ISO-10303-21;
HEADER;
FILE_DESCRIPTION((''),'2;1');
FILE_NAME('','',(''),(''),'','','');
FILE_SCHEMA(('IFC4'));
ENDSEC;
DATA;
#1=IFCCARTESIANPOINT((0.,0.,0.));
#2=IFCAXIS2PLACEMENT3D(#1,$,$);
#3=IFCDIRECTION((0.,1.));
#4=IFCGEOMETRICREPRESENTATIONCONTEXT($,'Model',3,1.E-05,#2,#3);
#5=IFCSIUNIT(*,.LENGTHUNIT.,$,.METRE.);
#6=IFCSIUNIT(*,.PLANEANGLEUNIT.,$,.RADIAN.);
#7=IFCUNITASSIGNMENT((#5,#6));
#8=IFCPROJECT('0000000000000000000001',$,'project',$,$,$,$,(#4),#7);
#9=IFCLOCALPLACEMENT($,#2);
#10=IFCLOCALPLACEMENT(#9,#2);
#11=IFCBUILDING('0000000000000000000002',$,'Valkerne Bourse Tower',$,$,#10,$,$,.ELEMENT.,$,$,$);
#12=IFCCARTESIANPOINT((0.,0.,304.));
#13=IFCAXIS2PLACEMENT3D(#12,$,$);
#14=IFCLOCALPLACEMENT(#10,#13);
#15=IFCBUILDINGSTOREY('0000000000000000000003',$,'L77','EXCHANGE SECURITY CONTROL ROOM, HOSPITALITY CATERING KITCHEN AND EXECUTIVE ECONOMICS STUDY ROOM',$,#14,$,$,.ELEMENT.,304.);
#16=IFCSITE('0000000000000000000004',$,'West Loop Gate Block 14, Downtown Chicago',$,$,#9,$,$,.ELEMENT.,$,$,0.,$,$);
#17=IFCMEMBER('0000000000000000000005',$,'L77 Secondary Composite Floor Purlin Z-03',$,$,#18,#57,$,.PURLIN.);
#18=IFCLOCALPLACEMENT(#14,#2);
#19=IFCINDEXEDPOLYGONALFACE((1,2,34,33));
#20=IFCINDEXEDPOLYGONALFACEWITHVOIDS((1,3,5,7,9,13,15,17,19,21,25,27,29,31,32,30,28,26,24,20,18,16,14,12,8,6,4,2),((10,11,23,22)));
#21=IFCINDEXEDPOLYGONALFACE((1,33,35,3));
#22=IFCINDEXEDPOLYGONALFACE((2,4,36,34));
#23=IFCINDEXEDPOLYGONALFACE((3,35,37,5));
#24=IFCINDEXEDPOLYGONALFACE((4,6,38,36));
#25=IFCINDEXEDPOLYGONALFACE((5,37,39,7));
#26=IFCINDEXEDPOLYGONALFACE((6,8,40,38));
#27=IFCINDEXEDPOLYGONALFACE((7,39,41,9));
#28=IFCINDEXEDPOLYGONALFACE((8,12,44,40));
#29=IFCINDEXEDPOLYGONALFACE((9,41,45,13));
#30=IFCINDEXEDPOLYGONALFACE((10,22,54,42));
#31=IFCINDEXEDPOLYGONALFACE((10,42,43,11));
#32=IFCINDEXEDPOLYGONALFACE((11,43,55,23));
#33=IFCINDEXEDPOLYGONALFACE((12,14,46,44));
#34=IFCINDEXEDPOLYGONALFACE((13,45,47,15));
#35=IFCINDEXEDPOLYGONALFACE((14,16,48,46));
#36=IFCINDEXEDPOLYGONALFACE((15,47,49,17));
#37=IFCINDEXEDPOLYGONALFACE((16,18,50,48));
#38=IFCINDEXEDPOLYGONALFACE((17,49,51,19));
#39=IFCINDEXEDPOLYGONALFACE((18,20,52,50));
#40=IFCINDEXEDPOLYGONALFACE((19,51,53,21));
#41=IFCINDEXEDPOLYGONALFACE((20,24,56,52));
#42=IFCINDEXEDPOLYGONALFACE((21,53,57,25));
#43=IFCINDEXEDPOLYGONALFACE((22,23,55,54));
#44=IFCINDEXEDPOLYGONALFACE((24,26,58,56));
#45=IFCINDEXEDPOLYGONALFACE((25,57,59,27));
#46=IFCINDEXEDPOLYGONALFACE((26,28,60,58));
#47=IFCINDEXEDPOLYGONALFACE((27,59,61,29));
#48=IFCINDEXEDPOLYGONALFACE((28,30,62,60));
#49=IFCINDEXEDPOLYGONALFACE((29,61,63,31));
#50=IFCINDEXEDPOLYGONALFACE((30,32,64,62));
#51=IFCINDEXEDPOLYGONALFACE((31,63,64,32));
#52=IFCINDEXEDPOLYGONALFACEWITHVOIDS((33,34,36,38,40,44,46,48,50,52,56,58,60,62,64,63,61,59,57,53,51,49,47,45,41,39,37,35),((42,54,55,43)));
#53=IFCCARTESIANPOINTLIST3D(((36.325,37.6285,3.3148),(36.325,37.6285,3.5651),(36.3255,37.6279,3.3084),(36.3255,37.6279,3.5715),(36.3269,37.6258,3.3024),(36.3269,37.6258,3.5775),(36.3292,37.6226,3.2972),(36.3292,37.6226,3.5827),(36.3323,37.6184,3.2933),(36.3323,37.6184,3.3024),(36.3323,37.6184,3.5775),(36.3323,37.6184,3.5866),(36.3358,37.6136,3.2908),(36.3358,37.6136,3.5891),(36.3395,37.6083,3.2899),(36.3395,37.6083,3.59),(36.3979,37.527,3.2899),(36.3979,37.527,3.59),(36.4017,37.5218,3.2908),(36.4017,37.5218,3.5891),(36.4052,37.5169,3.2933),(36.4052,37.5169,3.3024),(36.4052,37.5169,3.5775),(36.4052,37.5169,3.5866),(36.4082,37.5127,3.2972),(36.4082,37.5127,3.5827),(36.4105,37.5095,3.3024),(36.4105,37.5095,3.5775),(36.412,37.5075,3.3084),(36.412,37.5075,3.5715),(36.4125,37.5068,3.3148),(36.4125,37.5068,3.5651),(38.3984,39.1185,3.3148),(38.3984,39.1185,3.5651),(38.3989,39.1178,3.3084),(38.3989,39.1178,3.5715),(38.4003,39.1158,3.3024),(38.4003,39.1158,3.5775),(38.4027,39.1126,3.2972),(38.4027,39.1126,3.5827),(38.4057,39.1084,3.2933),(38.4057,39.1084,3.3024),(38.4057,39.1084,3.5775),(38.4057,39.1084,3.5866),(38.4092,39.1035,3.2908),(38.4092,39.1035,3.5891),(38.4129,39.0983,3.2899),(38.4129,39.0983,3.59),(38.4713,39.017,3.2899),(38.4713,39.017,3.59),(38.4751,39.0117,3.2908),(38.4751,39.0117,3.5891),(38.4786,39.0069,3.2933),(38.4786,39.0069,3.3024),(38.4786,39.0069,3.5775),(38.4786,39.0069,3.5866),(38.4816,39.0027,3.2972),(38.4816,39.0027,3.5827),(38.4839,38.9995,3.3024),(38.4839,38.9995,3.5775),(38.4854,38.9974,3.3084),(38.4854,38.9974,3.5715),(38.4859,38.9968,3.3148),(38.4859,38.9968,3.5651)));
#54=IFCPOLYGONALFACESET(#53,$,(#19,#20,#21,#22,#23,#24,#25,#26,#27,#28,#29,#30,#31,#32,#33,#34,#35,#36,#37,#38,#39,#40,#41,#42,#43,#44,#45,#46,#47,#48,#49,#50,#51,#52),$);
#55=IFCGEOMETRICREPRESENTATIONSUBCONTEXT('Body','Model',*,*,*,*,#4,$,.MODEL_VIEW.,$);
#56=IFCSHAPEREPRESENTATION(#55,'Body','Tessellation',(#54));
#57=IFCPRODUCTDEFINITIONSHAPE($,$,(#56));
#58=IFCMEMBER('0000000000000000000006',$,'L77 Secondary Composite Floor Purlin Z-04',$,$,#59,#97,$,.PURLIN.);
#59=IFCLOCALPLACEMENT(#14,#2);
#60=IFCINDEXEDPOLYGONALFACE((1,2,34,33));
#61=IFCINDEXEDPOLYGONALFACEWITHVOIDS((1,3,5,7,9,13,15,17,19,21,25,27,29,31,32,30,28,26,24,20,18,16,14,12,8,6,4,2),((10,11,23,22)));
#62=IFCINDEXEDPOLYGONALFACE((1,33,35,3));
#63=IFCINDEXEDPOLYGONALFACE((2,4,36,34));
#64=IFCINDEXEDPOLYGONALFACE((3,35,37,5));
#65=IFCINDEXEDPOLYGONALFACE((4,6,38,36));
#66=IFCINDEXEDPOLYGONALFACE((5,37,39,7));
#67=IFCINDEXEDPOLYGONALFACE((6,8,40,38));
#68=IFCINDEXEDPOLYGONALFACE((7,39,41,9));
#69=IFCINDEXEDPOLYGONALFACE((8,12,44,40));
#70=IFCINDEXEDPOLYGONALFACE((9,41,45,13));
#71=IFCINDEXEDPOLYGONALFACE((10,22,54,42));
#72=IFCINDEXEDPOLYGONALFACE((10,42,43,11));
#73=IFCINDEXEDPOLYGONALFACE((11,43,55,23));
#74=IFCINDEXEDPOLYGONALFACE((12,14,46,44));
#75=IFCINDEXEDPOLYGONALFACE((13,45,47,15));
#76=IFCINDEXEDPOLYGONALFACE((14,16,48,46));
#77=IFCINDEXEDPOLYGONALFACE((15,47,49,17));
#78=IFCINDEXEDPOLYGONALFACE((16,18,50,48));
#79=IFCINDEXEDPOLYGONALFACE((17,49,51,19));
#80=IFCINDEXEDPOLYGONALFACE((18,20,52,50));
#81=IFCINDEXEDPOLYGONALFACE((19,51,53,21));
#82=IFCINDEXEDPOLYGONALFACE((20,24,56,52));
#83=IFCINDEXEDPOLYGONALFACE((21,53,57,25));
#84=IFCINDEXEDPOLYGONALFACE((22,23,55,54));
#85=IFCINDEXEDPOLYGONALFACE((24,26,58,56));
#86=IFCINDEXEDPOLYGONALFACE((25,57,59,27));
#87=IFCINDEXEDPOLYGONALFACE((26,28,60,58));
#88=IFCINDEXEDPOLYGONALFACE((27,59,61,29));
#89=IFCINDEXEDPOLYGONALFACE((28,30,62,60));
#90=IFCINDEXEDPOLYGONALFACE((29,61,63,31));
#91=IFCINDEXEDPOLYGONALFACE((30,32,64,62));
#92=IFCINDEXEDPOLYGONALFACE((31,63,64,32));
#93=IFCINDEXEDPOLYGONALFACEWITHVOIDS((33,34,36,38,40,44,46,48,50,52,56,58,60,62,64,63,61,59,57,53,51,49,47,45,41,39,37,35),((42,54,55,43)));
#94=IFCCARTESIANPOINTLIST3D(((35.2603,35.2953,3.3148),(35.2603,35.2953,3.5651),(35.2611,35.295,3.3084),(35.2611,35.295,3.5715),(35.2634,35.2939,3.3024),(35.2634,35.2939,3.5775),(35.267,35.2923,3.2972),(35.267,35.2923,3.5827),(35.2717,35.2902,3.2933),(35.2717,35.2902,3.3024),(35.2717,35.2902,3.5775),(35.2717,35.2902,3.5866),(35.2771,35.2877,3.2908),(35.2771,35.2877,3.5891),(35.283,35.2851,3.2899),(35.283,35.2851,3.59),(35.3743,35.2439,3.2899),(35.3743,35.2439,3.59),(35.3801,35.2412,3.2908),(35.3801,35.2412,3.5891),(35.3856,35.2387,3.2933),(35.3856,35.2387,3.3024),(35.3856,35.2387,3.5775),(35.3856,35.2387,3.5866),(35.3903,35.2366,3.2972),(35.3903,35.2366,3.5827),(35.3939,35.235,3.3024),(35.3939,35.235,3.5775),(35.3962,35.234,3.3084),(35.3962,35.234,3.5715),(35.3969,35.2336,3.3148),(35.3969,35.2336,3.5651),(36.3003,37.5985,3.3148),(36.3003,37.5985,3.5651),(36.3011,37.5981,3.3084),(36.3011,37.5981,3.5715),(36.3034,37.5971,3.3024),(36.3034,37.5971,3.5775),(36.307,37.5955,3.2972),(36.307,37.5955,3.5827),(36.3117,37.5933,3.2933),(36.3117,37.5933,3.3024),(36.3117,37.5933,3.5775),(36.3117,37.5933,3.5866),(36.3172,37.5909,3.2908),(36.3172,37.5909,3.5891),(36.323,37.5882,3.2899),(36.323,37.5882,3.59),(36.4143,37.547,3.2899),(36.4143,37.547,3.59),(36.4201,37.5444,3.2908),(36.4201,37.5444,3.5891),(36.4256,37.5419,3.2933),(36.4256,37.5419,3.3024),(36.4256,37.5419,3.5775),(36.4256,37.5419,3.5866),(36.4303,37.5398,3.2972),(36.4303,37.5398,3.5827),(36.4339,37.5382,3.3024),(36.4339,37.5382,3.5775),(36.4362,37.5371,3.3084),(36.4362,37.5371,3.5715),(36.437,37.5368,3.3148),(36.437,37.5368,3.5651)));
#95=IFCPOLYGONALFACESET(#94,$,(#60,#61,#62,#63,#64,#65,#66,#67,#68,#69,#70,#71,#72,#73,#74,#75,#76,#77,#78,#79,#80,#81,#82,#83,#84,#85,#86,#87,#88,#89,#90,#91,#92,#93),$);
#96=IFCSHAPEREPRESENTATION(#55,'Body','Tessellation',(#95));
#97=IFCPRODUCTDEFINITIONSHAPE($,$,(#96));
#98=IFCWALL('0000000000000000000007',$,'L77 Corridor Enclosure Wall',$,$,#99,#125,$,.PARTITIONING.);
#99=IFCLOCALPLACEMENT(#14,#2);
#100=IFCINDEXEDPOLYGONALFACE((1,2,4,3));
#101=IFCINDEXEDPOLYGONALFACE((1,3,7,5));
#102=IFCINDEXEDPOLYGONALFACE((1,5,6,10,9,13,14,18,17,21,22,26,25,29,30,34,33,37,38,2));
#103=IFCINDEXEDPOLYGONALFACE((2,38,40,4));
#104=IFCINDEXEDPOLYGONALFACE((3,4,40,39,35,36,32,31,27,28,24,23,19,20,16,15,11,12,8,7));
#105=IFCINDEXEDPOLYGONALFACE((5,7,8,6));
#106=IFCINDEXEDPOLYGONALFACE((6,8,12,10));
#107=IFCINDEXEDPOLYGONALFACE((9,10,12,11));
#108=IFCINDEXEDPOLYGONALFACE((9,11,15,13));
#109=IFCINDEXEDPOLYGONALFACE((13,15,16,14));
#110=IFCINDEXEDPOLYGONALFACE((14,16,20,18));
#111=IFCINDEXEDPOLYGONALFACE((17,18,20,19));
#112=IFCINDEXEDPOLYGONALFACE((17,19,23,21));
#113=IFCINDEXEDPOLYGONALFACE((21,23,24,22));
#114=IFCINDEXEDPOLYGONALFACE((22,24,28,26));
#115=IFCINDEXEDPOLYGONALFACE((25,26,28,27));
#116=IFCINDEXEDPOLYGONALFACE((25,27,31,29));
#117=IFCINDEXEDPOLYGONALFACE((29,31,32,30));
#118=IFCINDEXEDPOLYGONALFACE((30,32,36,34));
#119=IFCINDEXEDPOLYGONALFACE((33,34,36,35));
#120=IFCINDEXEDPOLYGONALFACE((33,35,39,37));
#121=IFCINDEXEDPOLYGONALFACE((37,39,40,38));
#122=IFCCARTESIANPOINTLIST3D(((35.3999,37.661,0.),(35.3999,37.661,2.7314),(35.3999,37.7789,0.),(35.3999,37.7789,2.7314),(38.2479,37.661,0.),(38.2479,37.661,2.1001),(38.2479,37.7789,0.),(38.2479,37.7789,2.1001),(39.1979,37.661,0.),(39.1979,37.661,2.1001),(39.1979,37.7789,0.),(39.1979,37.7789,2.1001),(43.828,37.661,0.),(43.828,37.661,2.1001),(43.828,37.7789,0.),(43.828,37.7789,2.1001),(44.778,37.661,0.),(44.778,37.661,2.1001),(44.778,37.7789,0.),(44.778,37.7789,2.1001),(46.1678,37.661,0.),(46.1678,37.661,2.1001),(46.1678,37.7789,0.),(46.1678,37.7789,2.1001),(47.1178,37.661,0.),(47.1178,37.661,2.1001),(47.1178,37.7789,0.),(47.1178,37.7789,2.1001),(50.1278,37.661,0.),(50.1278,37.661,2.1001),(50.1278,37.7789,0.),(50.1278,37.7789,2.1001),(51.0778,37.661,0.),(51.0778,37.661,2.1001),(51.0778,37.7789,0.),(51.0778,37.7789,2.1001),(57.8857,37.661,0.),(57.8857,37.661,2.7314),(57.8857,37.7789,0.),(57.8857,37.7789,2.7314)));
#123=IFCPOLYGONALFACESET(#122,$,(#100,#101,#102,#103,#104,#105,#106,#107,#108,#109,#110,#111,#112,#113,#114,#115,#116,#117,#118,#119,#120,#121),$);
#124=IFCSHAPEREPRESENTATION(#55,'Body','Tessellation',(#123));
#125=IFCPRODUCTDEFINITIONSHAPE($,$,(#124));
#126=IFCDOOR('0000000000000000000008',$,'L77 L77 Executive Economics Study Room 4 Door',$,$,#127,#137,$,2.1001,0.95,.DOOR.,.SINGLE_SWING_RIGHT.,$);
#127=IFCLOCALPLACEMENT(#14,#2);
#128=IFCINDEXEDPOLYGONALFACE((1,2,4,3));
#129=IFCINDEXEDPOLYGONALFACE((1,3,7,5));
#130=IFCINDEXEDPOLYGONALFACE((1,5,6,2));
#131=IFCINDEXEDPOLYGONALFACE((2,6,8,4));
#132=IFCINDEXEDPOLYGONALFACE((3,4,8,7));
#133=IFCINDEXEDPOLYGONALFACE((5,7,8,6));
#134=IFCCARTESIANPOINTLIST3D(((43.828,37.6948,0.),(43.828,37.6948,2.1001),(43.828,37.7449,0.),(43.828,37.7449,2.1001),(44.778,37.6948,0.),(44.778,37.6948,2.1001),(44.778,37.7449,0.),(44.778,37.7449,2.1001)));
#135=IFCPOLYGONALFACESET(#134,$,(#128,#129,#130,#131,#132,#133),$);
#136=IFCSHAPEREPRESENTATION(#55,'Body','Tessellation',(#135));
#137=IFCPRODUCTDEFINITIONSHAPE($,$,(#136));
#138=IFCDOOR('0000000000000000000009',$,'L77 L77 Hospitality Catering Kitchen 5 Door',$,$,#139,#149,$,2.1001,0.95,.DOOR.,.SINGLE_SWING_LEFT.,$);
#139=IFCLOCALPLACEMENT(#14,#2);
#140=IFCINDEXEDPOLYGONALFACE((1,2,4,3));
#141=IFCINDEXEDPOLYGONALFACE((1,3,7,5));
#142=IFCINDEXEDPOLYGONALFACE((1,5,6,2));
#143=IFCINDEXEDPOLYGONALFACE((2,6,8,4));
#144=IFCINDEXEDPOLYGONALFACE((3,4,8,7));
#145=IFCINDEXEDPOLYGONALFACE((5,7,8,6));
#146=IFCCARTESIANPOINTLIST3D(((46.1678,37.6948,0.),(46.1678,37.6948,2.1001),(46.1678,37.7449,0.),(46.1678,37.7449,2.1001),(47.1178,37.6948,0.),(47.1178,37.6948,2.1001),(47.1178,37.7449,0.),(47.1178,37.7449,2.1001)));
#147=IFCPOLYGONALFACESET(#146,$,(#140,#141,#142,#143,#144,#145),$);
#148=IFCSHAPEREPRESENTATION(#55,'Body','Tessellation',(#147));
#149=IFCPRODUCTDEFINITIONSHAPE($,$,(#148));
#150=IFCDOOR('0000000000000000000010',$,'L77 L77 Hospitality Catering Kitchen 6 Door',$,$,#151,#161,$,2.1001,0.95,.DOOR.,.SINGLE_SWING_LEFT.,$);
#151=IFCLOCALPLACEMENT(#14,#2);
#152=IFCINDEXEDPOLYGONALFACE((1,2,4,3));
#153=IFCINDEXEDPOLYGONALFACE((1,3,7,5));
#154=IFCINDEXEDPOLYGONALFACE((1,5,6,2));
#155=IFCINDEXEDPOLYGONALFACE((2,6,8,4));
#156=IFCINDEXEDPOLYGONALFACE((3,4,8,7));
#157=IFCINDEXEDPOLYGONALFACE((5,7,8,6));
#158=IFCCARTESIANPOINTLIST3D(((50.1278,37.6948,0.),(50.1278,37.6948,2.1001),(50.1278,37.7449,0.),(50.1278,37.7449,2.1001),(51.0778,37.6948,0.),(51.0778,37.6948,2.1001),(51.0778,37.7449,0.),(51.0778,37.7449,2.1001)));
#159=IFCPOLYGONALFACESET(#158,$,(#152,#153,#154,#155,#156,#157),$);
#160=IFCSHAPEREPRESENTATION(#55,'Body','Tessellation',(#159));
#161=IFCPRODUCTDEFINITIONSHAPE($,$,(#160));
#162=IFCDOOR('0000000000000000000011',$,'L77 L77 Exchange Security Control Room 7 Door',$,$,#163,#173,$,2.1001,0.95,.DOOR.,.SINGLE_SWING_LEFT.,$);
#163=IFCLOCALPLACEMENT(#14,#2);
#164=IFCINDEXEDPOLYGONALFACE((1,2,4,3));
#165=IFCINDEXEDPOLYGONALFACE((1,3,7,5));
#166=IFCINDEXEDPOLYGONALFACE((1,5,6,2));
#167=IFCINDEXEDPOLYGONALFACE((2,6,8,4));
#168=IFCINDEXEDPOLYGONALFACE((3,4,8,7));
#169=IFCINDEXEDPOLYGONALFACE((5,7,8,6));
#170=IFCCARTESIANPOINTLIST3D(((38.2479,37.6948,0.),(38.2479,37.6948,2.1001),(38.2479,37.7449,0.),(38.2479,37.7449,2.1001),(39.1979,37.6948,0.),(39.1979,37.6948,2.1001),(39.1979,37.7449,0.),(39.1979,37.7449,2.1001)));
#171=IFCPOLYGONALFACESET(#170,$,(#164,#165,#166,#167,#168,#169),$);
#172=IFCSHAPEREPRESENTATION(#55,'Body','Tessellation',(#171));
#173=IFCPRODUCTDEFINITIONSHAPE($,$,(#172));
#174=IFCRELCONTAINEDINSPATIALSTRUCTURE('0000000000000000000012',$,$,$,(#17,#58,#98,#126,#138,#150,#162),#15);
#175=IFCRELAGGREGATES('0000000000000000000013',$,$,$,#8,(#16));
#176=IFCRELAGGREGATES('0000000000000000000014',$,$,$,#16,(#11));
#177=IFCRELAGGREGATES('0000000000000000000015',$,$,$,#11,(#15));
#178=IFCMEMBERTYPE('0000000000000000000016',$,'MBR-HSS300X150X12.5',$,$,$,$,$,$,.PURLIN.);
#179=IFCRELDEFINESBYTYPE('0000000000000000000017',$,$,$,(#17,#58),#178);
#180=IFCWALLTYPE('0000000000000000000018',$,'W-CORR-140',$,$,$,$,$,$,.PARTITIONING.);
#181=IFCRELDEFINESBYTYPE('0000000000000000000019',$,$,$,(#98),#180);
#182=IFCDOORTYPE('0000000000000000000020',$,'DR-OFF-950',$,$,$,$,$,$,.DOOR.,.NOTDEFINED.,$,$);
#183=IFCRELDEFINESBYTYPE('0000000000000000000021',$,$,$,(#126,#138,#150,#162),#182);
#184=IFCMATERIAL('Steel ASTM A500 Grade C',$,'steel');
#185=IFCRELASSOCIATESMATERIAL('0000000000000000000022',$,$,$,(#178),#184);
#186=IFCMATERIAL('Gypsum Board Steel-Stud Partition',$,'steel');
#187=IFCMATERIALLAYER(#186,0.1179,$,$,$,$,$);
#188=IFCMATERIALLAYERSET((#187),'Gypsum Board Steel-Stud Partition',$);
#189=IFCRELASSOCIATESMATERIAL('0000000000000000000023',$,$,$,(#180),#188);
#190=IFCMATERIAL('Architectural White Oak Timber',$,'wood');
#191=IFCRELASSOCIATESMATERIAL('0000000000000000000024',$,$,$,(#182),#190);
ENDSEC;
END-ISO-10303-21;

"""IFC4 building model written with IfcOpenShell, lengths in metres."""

from ifc_helpers import new_model, si_unit, direction, frame, frame_2d, origin, origin_2d, place, context, subcontext, project, spatial, rectangle, hollow_rectangle, extrude, material, layer, layer_set, material_profile, profile_set, type_object, element, fill, save


model = new_model("IFC4")

# Units and contexts
model_context = context("Model", 3, precision=1e-05, world=origin(), true_north=direction((0.0, 1.0)))
body_context = subcontext(model_context, "Body", "Model", "MODEL_VIEW")
ifc_project = project(units=[si_unit("LENGTHUNIT", "METRE"), si_unit("PLANEANGLEUNIT", "RADIAN")], contexts=[model_context])

# Site, building, storey
site_placement = place(None, origin())
site = spatial("IfcSite", under=ifc_project, at=site_placement, Name="West Loop Gate Block 14, Downtown Chicago", CompositionType="ELEMENT", RefElevation=0.0)
building_placement = place(site_placement, origin())
building = spatial("IfcBuilding", under=site, at=building_placement, Name="Valkerne Bourse Tower", CompositionType="ELEMENT")
storey_placement = place(building_placement, frame((0.0, 0.0, 304.0)))
storey = spatial("IfcBuildingStorey", under=building, at=storey_placement, Name="L77", Description="EXCHANGE SECURITY CONTROL ROOM, HOSPITALITY CATERING KITCHEN AND EXECUTIVE ECONOMICS STUDY ROOM", CompositionType="ELEMENT", Elevation=304.0)

# Members
ifc_material_1 = material(Name="Steel ASTM A500 Grade C", Category="steel")
ifc_material_profile_1 = material_profile(ifc_material_1, hollow_rectangle(XDim=0.1499, YDim=0.3, WallThickness=0.0125, OuterFilletRadius=0.0249, at=origin_2d()), Name="HSS300X150X12.5")
ifc_profile_set_1 = profile_set([ifc_material_profile_1], Name="Steel ASTM A500 Grade C")
member_type_1 = type_object("IfcMemberType", Name="MBR-HSS300X150X12.5", PredefinedType="PURLIN", material=ifc_profile_set_1)
member_1_placement = place(storey_placement, frame((38.4421, 39.0576, 3.4399), z_axis=(-0.812076, -0.583551, 0.0), x_axis=(0.583551, -0.812076, 0.0)))
element("IfcMember", 1, at=member_1_placement, inside=storey, type_object=member_type_1, Name="L77 Secondary Composite Floor Purlin Z-03", PredefinedType="PURLIN", context=body_context, shape_type="SweptSolid", body=[
    extrude(hollow_rectangle(XDim=0.1499, YDim=0.3, WallThickness=0.0125, OuterFilletRadius=0.0249, at=origin_2d()), origin(), (0.0, 0.0, 1.0), 2.5532),
])
member_2_placement = place(storey_placement, frame((36.3687, 37.5676, 3.4399), z_axis=(-0.411545, -0.911389, 0.0), x_axis=(0.911389, -0.411545, 0.0)))
element("IfcMember", 2, at=member_2_placement, inside=storey, type_object=member_type_1, Name="L77 Secondary Composite Floor Purlin Z-04", PredefinedType="PURLIN", context=body_context, shape_type="SweptSolid", body=[
    extrude(hollow_rectangle(XDim=0.1499, YDim=0.3, WallThickness=0.0125, OuterFilletRadius=0.0249, at=origin_2d()), origin(), (0.0, 0.0, 1.0), 2.5271),
])

# Wall, openings, doors
ifc_material_2 = material(Name="Gypsum Board Steel-Stud Partition", Category="steel")
ifc_layer_1 = layer(ifc_material_2, 0.1179)
ifc_layer_set_1 = layer_set([ifc_layer_1], Name="Gypsum Board Steel-Stud Partition")
wall_type_1 = type_object("IfcWallType", Name="W-CORR-140", PredefinedType="PARTITIONING", material=ifc_layer_set_1)
wall_1_placement = place(storey_placement, frame((35.3999, 37.72, 0.0), z_axis=(0.0, 0.0, 1.0), x_axis=(1.0, 0.0, 0.0)))
wall_1 = element("IfcWall", 3, at=wall_1_placement, inside=storey, type_object=wall_type_1, Name="L77 Corridor Enclosure Wall", PredefinedType="PARTITIONING", context=body_context, shape_type="SweptSolid", body=[
    extrude(rectangle(XDim=22.4858, YDim=0.1179, at=frame_2d((11.2429, 0.0))), origin(), (0.0, 0.0, 1.0), 2.7314),
])
opening_1_placement = place(wall_1_placement, frame((8.428, 0.0, 0.0)))
opening_1 = element("IfcOpeningElement", 4, at=opening_1_placement, cuts=wall_1, PredefinedType="OPENING", context=body_context, shape_type="SweptSolid", body=[
    extrude(rectangle(XDim=0.95, YDim=2.1001, at=frame_2d((0.4751, 1.05))), frame((0.0, 0.0688, 0.0), z_axis=(0.0, -1.0, 0.0), x_axis=(1.0, 0.0, 0.0)), (0.0, 0.0, 1.0), 0.1379),
])
opening_2_placement = place(wall_1_placement, frame((10.7678, 0.0, 0.0)))
opening_2 = element("IfcOpeningElement", 5, at=opening_2_placement, cuts=wall_1, PredefinedType="OPENING", context=body_context, shape_type="SweptSolid", body=[
    extrude(rectangle(XDim=0.95, YDim=2.1001, at=frame_2d((0.4751, 1.05))), frame((0.0, 0.0688, 0.0), z_axis=(0.0, -1.0, 0.0), x_axis=(1.0, 0.0, 0.0)), (0.0, 0.0, 1.0), 0.1379),
])
opening_3_placement = place(wall_1_placement, frame((14.7278, 0.0, 0.0)))
opening_3 = element("IfcOpeningElement", 6, at=opening_3_placement, cuts=wall_1, PredefinedType="OPENING", context=body_context, shape_type="SweptSolid", body=[
    extrude(rectangle(XDim=0.95, YDim=2.1001, at=frame_2d((0.4751, 1.05))), frame((0.0, 0.0688, 0.0), z_axis=(0.0, -1.0, 0.0), x_axis=(1.0, 0.0, 0.0)), (0.0, 0.0, 1.0), 0.1379),
])
opening_4_placement = place(wall_1_placement, frame((2.8479, 0.0, 0.0)))
opening_4 = element("IfcOpeningElement", 7, at=opening_4_placement, cuts=wall_1, PredefinedType="OPENING", context=body_context, shape_type="SweptSolid", body=[
    extrude(rectangle(XDim=0.95, YDim=2.1001, at=frame_2d((0.4751, 1.05))), frame((0.0, 0.0688, 0.0), z_axis=(0.0, -1.0, 0.0), x_axis=(1.0, 0.0, 0.0)), (0.0, 0.0, 1.0), 0.1379),
])
ifc_material_3 = material(Name="Architectural White Oak Timber", Category="wood")
door_type = type_object("IfcDoorType", Name="DR-OFF-950", OperationType="NOTDEFINED", PredefinedType="DOOR", material=ifc_material_3)
door_1_placement = place(opening_1_placement, origin())
door_1 = element("IfcDoor", 8, at=door_1_placement, inside=storey, type_object=door_type, Name="L77 L77 Executive Economics Study Room 4 Door", OperationType="SINGLE_SWING_RIGHT", OverallHeight=2.1001, OverallWidth=0.95, PredefinedType="DOOR", context=body_context, shape_type="SweptSolid", body=[
    extrude(rectangle(XDim=0.95, YDim=2.1001, at=frame_2d((0.4751, 1.05))), frame((0.0, 0.0249, 0.0), z_axis=(0.0, -1.0, 0.0), x_axis=(1.0, 0.0, 0.0)), (0.0, 0.0, 1.0), 0.05),
])
fill(opening_1, door_1)
door_2_placement = place(opening_2_placement, origin())
door_2 = element("IfcDoor", 9, at=door_2_placement, inside=storey, type_object=door_type, Name="L77 L77 Hospitality Catering Kitchen 5 Door", OperationType="SINGLE_SWING_LEFT", OverallHeight=2.1001, OverallWidth=0.95, PredefinedType="DOOR", context=body_context, shape_type="SweptSolid", body=[
    extrude(rectangle(XDim=0.95, YDim=2.1001, at=frame_2d((0.4751, 1.05))), frame((0.0, 0.0249, 0.0), z_axis=(0.0, -1.0, 0.0), x_axis=(1.0, 0.0, 0.0)), (0.0, 0.0, 1.0), 0.05),
])
fill(opening_2, door_2)
door_3_placement = place(opening_3_placement, origin())
door_3 = element("IfcDoor", 10, at=door_3_placement, inside=storey, type_object=door_type, Name="L77 L77 Hospitality Catering Kitchen 6 Door", OperationType="SINGLE_SWING_LEFT", OverallHeight=2.1001, OverallWidth=0.95, PredefinedType="DOOR", context=body_context, shape_type="SweptSolid", body=[
    extrude(rectangle(XDim=0.95, YDim=2.1001, at=frame_2d((0.4751, 1.05))), frame((0.0, 0.0249, 0.0), z_axis=(0.0, -1.0, 0.0), x_axis=(1.0, 0.0, 0.0)), (0.0, 0.0, 1.0), 0.05),
])
fill(opening_3, door_3)
door_4_placement = place(opening_4_placement, origin())
door_4 = element("IfcDoor", 11, at=door_4_placement, inside=storey, type_object=door_type, Name="L77 L77 Exchange Security Control Room 7 Door", OperationType="SINGLE_SWING_LEFT", OverallHeight=2.1001, OverallWidth=0.95, PredefinedType="DOOR", context=body_context, shape_type="SweptSolid", body=[
    extrude(rectangle(XDim=0.95, YDim=2.1001, at=frame_2d((0.4751, 1.05))), frame((0.0, 0.0249, 0.0), z_axis=(0.0, -1.0, 0.0), x_axis=(1.0, 0.0, 0.0)), (0.0, 0.0, 1.0), 0.05),
])
fill(opening_4, door_4)

save(model, "model.ifc")
